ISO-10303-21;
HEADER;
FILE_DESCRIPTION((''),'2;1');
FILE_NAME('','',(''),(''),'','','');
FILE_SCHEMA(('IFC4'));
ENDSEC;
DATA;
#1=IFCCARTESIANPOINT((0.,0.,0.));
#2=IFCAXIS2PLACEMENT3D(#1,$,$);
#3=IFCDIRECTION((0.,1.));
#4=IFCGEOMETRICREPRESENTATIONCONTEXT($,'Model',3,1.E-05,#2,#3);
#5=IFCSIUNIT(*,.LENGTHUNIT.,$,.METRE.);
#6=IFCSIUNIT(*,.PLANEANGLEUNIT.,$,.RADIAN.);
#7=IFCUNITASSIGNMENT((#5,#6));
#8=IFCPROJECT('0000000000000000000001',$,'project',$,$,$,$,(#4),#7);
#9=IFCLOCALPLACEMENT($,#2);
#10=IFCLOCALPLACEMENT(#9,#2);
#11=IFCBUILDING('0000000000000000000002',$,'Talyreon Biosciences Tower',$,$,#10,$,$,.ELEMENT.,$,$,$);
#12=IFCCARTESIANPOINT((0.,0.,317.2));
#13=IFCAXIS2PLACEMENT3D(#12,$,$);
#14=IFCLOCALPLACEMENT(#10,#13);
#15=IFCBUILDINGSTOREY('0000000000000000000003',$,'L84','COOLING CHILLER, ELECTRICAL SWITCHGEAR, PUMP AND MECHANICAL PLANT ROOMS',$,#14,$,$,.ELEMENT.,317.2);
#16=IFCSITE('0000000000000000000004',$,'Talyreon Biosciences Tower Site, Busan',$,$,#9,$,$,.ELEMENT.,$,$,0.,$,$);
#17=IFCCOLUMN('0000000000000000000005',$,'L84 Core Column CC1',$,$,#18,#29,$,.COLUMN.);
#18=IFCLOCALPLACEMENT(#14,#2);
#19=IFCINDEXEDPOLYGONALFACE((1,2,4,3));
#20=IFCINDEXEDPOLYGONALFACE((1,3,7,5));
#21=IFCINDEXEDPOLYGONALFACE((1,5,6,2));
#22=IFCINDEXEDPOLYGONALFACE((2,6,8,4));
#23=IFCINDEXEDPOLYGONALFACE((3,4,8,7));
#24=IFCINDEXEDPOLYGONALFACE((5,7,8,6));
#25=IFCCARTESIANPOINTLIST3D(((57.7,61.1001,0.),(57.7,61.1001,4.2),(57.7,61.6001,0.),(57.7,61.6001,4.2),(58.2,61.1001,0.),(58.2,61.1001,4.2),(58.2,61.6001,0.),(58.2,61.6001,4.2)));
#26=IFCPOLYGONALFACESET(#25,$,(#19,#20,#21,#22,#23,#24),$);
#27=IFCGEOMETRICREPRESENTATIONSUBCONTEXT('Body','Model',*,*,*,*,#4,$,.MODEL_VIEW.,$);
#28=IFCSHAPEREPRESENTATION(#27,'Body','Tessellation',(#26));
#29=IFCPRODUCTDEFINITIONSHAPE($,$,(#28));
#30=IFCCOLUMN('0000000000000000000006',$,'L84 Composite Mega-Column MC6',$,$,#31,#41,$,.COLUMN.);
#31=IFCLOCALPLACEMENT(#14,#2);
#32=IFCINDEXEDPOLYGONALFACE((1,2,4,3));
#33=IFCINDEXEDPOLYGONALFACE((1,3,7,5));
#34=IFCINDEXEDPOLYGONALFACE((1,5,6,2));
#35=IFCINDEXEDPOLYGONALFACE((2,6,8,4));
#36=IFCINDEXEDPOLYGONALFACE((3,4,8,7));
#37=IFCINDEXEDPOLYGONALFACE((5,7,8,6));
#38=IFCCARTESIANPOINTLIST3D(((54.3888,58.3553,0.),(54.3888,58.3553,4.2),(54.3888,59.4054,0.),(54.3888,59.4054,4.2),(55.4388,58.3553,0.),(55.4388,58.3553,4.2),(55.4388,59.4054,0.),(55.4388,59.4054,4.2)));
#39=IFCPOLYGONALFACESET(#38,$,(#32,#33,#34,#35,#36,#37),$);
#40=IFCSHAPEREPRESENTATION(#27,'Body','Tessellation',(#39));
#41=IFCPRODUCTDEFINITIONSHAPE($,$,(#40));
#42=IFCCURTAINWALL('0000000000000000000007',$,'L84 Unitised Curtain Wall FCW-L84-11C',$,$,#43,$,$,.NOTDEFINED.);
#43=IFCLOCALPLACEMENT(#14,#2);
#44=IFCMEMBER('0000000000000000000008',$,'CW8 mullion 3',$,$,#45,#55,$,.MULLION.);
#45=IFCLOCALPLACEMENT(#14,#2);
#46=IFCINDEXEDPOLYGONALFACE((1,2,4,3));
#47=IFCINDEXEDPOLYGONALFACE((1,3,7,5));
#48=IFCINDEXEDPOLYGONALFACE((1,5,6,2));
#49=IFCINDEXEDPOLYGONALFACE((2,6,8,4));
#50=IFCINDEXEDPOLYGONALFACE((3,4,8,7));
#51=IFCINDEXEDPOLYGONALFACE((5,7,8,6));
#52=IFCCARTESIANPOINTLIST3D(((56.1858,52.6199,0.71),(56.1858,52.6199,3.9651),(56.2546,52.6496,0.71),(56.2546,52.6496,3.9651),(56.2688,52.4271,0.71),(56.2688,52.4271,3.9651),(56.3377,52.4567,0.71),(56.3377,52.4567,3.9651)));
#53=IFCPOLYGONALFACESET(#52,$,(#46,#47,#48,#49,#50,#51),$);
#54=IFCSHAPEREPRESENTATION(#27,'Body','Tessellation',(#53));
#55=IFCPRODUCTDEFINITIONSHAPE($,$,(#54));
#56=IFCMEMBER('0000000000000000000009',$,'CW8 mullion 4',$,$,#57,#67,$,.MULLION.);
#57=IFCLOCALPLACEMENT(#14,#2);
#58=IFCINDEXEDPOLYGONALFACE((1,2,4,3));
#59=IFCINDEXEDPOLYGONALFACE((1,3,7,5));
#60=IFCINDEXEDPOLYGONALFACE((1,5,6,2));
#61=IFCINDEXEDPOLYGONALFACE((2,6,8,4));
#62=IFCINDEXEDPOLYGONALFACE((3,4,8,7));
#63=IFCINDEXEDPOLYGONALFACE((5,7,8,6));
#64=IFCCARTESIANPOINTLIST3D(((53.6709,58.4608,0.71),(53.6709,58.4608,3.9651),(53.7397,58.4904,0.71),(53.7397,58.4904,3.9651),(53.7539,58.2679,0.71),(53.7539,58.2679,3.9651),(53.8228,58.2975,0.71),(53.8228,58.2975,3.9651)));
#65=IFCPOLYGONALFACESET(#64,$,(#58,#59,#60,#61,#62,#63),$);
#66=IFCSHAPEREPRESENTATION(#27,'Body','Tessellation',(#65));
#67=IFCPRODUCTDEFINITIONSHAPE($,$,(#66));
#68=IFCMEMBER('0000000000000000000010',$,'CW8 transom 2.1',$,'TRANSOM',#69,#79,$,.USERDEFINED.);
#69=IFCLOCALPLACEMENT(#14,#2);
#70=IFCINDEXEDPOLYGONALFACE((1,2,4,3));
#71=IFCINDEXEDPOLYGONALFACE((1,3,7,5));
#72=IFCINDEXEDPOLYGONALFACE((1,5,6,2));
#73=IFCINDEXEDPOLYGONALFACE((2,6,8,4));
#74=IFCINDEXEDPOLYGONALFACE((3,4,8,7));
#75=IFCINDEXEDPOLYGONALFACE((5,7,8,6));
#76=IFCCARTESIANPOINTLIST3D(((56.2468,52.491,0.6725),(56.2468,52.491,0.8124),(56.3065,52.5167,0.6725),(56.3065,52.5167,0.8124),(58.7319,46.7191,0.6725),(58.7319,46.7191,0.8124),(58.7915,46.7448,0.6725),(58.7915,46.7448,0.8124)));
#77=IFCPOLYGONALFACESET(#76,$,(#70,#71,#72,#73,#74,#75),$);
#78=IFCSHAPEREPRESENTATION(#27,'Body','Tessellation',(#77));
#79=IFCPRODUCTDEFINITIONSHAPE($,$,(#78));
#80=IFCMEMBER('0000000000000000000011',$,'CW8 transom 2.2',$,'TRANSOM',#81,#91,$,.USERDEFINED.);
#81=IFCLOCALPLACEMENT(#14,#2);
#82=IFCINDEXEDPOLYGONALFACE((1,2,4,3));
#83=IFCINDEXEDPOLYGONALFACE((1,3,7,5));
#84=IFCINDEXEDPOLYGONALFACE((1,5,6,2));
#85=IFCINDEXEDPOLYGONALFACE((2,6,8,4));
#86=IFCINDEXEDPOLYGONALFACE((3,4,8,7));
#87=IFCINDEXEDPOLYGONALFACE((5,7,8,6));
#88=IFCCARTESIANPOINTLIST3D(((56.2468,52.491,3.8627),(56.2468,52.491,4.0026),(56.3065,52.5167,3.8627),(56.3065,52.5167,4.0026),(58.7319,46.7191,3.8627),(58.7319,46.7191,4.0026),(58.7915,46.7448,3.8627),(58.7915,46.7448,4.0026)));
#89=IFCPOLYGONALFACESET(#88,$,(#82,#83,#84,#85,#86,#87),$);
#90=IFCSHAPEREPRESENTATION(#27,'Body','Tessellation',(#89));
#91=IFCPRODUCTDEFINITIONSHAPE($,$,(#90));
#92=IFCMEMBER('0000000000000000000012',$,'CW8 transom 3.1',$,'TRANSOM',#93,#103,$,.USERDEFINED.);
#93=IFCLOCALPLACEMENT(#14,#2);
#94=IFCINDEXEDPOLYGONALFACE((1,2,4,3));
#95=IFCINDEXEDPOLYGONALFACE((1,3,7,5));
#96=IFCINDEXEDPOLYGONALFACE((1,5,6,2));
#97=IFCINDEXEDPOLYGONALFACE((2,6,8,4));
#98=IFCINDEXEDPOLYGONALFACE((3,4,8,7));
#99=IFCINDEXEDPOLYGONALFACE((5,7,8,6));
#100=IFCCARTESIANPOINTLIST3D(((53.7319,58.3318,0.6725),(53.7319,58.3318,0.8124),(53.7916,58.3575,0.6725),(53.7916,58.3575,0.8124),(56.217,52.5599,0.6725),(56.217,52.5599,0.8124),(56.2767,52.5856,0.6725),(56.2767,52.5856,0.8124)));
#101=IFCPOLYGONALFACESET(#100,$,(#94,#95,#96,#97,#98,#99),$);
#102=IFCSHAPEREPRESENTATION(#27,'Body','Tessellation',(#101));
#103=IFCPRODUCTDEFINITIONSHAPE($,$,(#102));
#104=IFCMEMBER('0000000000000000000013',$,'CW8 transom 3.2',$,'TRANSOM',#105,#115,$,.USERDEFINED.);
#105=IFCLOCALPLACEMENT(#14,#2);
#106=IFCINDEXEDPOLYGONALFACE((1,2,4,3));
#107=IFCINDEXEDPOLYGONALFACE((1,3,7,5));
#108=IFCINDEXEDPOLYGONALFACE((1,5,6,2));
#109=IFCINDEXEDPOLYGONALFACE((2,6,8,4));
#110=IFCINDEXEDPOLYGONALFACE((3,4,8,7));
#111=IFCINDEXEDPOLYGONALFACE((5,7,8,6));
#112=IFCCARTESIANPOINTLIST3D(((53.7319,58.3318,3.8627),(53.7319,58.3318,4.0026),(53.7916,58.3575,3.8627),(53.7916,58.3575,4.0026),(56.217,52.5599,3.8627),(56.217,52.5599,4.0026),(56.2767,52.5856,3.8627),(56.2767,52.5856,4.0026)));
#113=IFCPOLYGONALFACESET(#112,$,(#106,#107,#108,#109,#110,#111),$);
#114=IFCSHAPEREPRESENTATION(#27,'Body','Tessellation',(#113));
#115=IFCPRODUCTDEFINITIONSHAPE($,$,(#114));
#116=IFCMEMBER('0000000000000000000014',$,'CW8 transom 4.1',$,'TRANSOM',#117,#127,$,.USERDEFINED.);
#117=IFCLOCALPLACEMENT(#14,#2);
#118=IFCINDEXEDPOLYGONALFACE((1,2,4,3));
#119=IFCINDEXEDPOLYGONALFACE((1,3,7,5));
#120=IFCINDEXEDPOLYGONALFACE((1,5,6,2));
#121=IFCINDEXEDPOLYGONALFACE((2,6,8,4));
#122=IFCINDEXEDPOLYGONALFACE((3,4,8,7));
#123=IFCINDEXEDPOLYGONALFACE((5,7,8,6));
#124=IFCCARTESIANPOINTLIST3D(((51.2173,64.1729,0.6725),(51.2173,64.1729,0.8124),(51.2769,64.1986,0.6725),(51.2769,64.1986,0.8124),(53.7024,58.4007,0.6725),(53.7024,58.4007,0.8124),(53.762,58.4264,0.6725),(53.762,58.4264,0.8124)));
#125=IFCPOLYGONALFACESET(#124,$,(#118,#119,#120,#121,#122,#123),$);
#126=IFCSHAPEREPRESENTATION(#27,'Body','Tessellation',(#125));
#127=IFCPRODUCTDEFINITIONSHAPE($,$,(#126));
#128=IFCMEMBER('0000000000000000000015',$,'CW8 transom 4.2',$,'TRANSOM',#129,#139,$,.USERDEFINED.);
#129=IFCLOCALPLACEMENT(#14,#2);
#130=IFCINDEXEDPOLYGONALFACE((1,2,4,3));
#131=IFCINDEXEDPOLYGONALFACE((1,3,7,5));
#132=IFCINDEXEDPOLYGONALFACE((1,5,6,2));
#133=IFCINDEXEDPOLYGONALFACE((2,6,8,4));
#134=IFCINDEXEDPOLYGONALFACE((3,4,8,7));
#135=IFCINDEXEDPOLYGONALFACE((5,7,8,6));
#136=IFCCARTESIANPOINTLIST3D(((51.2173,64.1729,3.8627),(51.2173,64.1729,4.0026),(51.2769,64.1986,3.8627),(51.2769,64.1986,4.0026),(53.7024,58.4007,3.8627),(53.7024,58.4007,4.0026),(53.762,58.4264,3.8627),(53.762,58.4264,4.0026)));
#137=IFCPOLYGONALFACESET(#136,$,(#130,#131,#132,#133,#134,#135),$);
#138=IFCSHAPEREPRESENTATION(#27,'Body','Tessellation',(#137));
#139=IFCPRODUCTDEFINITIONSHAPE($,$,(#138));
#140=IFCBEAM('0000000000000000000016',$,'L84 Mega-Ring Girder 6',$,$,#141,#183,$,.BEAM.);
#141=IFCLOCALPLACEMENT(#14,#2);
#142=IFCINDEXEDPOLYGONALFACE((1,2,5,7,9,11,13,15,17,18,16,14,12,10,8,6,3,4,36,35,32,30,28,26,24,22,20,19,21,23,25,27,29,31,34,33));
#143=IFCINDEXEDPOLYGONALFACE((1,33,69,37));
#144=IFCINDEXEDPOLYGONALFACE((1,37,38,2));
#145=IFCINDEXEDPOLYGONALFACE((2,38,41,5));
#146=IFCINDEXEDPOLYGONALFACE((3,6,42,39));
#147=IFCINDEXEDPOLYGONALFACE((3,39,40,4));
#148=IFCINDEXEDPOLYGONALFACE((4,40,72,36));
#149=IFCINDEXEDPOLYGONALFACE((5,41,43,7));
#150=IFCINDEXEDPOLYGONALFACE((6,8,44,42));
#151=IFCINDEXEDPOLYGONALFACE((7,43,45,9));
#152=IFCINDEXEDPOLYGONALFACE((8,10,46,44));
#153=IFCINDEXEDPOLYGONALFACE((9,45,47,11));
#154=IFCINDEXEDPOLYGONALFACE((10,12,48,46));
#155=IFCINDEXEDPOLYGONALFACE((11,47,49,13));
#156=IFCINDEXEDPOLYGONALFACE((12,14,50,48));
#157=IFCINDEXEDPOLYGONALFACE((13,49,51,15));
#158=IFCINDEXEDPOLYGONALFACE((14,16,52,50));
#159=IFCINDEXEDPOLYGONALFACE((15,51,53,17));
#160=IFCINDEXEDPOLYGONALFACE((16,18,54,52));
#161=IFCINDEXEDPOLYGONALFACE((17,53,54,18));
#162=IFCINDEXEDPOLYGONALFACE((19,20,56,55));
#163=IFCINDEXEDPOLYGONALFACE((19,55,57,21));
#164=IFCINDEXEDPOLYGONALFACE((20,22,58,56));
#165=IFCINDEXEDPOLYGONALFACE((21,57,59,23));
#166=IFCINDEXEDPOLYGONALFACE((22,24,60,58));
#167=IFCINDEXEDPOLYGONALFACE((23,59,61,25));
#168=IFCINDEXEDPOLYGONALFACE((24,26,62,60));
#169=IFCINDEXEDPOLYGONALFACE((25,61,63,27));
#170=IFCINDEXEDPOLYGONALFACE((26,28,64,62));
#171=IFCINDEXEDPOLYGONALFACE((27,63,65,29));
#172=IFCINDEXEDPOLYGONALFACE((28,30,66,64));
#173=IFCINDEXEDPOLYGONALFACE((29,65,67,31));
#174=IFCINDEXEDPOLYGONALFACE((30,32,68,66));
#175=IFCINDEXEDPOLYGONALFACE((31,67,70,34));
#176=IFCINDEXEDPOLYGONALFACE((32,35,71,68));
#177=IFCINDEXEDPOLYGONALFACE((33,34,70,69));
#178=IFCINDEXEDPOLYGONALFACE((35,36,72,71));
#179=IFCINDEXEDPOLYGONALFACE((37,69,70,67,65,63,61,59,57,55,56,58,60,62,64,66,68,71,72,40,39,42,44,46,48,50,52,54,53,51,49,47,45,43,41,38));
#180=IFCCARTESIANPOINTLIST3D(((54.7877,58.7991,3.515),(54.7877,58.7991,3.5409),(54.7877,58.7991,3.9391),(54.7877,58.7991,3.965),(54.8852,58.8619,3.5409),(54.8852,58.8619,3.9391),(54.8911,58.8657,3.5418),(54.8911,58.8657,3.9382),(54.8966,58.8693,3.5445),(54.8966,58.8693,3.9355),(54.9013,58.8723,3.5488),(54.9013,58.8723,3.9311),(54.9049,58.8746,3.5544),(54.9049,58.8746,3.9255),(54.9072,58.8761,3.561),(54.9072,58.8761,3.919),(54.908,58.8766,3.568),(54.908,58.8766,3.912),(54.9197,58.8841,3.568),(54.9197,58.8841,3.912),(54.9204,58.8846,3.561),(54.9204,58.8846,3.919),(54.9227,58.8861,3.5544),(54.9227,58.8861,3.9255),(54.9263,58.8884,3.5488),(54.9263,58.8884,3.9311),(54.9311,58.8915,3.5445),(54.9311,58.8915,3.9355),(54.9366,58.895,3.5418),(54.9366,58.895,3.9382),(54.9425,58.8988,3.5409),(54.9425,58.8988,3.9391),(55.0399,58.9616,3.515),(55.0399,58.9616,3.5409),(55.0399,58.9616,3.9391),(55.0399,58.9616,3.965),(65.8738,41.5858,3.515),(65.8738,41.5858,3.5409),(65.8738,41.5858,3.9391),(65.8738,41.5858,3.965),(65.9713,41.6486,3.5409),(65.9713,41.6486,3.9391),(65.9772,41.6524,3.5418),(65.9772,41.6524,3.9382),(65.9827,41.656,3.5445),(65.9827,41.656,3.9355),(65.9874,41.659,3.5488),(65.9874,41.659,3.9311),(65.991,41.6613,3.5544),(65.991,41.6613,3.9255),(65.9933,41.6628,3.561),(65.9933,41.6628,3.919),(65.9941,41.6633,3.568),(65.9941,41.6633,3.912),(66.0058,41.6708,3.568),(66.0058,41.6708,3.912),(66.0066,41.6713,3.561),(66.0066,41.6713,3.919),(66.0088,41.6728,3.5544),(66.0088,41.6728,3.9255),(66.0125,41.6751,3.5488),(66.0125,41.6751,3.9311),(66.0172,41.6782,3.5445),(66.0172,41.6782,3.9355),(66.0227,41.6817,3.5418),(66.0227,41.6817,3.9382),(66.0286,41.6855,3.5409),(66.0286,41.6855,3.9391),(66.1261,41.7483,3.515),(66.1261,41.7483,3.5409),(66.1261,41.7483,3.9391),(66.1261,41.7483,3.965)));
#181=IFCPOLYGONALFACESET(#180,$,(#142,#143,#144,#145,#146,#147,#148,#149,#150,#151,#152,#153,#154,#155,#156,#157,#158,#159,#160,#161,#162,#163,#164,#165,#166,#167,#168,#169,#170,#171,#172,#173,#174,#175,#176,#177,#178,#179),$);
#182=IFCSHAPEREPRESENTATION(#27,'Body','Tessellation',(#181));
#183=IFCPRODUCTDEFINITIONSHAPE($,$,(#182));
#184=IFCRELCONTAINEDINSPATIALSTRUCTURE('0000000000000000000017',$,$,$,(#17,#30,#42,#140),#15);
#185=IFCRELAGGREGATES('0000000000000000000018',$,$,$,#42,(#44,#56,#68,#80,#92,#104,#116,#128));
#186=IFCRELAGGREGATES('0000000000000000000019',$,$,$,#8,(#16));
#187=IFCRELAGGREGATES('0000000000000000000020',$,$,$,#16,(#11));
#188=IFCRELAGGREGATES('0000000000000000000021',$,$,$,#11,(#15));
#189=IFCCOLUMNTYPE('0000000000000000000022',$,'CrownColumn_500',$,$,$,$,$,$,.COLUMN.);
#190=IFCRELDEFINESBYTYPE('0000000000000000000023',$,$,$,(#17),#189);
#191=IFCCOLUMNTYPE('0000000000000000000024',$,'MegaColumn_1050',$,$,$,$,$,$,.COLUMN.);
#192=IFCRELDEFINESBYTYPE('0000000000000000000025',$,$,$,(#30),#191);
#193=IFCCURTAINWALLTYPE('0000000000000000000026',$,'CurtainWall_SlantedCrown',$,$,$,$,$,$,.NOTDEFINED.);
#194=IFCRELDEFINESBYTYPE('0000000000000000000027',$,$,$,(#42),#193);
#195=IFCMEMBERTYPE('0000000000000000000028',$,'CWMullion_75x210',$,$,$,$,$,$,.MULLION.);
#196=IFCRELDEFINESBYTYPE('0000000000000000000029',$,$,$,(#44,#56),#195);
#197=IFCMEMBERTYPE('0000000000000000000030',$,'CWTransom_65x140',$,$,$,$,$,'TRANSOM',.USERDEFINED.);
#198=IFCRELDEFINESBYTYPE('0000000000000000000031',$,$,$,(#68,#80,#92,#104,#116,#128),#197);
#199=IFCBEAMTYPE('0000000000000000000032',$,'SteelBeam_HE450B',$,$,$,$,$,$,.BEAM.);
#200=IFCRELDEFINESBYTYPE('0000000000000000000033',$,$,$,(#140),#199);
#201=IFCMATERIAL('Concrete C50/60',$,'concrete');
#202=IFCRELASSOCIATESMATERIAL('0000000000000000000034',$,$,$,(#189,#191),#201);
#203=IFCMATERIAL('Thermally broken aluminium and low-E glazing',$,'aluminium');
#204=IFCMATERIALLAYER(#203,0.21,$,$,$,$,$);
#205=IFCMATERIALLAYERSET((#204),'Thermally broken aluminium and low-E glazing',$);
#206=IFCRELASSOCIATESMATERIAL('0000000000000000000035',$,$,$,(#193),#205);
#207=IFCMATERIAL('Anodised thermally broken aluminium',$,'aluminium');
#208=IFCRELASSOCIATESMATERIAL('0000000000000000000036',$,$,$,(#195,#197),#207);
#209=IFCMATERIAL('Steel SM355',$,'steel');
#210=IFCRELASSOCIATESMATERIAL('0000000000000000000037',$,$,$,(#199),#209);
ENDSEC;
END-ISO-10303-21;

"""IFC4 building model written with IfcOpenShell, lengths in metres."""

from ifc_helpers import new_model, si_unit, direction, frame, origin, origin_2d, place, context, subcontext, project, spatial, rectangle, i_section, extrude, material, layer, layer_set, material_profile, profile_set, type_object, element, aggregate, save


model = new_model("IFC4")

# Units and contexts
model_context = context("Model", 3, precision=1e-05, world=origin(), true_north=direction((0.0, 1.0)))
body_context = subcontext(model_context, "Body", "Model", "MODEL_VIEW")
ifc_project = project(units=[si_unit("LENGTHUNIT", "METRE"), si_unit("PLANEANGLEUNIT", "RADIAN")], contexts=[model_context])

# Site, building, storey
site_placement = place(None, origin())
site = spatial("IfcSite", under=ifc_project, at=site_placement, Name="Talyreon Biosciences Tower Site, Busan", CompositionType="ELEMENT", RefElevation=0.0)
building_placement = place(site_placement, origin())
building = spatial("IfcBuilding", under=site, at=building_placement, Name="Talyreon Biosciences Tower", CompositionType="ELEMENT")
storey_placement = place(building_placement, frame((0.0, 0.0, 317.2)))
storey = spatial("IfcBuildingStorey", under=building, at=storey_placement, Name="L84", Description="COOLING CHILLER, ELECTRICAL SWITCHGEAR, PUMP AND MECHANICAL PLANT ROOMS", CompositionType="ELEMENT", Elevation=317.2)

# Columns
ifc_material_1 = material(Name="Concrete C50/60", Category="concrete")
ifc_material_profile_1 = material_profile(ifc_material_1, rectangle(XDim=0.5, YDim=0.5, at=origin_2d()), Name="RC 500x500")
ifc_profile_set_1 = profile_set([ifc_material_profile_1], Name="Concrete C50/60")
column_type_1 = type_object("IfcColumnType", Name="CrownColumn_500", PredefinedType="COLUMN", material=ifc_profile_set_1)
column_1_placement = place(storey_placement, frame((57.95, 61.3501, 0.0), z_axis=(0.0, 0.0, 1.0), x_axis=(1.0, 0.0, 0.0)))
element("IfcColumn", 1, at=column_1_placement, inside=storey, type_object=column_type_1, Name="L84 Core Column CC1", PredefinedType="COLUMN", context=body_context, shape_type="SweptSolid", body=[
    extrude(rectangle(XDim=0.5, YDim=0.5, at=origin_2d()), origin(), (0.0, 0.0, 1.0), 4.2),
])
ifc_material_profile_2 = material_profile(ifc_material_1, rectangle(XDim=1.05, YDim=1.05, at=origin_2d()), Name="RC 1050x1050")
ifc_profile_set_2 = profile_set([ifc_material_profile_2], Name="Concrete C50/60")
column_type_2 = type_object("IfcColumnType", Name="MegaColumn_1050", PredefinedType="COLUMN", material=ifc_profile_set_2)
column_2_placement = place(storey_placement, frame((54.9138, 58.8804, 0.0), z_axis=(0.0, 0.0, 1.0), x_axis=(1.0, 0.0, 0.0)))
element("IfcColumn", 2, at=column_2_placement, inside=storey, type_object=column_type_2, Name="L84 Composite Mega-Column MC6", PredefinedType="COLUMN", context=body_context, shape_type="SweptSolid", body=[
    extrude(rectangle(XDim=1.05, YDim=1.05, at=origin_2d()), origin(), (0.0, 0.0, 1.0), 4.2),
])

# Curtain wall, members
ifc_material_2 = material(Name="Thermally broken aluminium and low-E glazing", Category="aluminium")
ifc_layer_1 = layer(ifc_material_2, 0.21)
ifc_layer_set_1 = layer_set([ifc_layer_1], Name="Thermally broken aluminium and low-E glazing")
curtain_wall_type = type_object("IfcCurtainWallType", Name="CurtainWall_SlantedCrown", PredefinedType="NOTDEFINED", material=ifc_layer_set_1)
curtain_wall_placement = place(storey_placement, origin())
curtain_wall = element("IfcCurtainWall", 3, at=curtain_wall_placement, inside=storey, type_object=curtain_wall_type, Name="L84 Unitised Curtain Wall FCW-L84-11C", PredefinedType="NOTDEFINED")
ifc_material_3 = material(Name="Anodised thermally broken aluminium", Category="aluminium")
ifc_material_profile_3 = material_profile(ifc_material_3, rectangle(XDim=0.075, YDim=0.21, at=origin_2d()), Name="ALUM MULLION 75x210")
ifc_profile_set_3 = profile_set([ifc_material_profile_3], Name="Anodised thermally broken aluminium")
member_type_1 = type_object("IfcMemberType", Name="CWMullion_75x210", PredefinedType="MULLION", material=ifc_profile_set_3)
member_1_placement = place(storey_placement, frame((56.2617, 52.5383, 0.71), z_axis=(0.0, 0.0, 1.0), x_axis=(-0.918487, -0.395451, 0.0)))
member_1 = element("IfcMember", 4, at=member_1_placement, type_object=member_type_1, Name="CW8 mullion 3", PredefinedType="MULLION", context=body_context, shape_type="SweptSolid", body=[
    extrude(rectangle(XDim=0.075, YDim=0.21, at=origin_2d()), origin(), (0.0, 0.0, 1.0), 3.2551),
])
member_2_placement = place(storey_placement, frame((53.7468, 58.3792, 0.71), z_axis=(0.0, 0.0, 1.0), x_axis=(-0.918487, -0.395451, 0.0)))
member_2 = element("IfcMember", 5, at=member_2_placement, type_object=member_type_1, Name="CW8 mullion 4", PredefinedType="MULLION", context=body_context, shape_type="SweptSolid", body=[
    extrude(rectangle(XDim=0.075, YDim=0.21, at=origin_2d()), origin(), (0.0, 0.0, 1.0), 3.2551),
])
ifc_material_profile_4 = material_profile(ifc_material_3, rectangle(XDim=0.0649, YDim=0.1399, at=origin_2d()), Name="ALUM TRANSOM 65x140")
ifc_profile_set_4 = profile_set([ifc_material_profile_4], Name="Anodised thermally broken aluminium")
member_type_2 = type_object("IfcMemberType", Name="CWTransom_65x140", ElementType="TRANSOM", PredefinedType="USERDEFINED", material=ifc_profile_set_4)
member_3_placement = place(storey_placement, frame((58.7617, 46.7319, 0.7424), z_axis=(-0.395452, 0.918487, 0.0), x_axis=(-0.918487, -0.395452, 0.0)))
member_3 = element("IfcMember", 6, at=member_3_placement, type_object=member_type_2, Name="CW8 transom 2.1", ObjectType="TRANSOM", PredefinedType="USERDEFINED", context=body_context, shape_type="SweptSolid", body=[
    extrude(rectangle(XDim=0.0649, YDim=0.1399, at=origin_2d()), origin(), (0.0, 0.0, 1.0), 6.2842),
])
member_4_placement = place(storey_placement, frame((58.7617, 46.7319, 3.9326), z_axis=(-0.395452, 0.918487, 0.0), x_axis=(-0.918487, -0.395452, 0.0)))
member_4 = element("IfcMember", 7, at=member_4_placement, type_object=member_type_2, Name="CW8 transom 2.2", ObjectType="TRANSOM", PredefinedType="USERDEFINED", context=body_context, shape_type="SweptSolid", body=[
    extrude(rectangle(XDim=0.0649, YDim=0.1399, at=origin_2d()), origin(), (0.0, 0.0, 1.0), 6.2842),
])
member_5_placement = place(storey_placement, frame((56.2468, 52.5728, 0.7424), z_axis=(-0.395452, 0.918487, 0.0), x_axis=(-0.918487, -0.395452, 0.0)))
member_5 = element("IfcMember", 8, at=member_5_placement, type_object=member_type_2, Name="CW8 transom 3.1", ObjectType="TRANSOM", PredefinedType="USERDEFINED", context=body_context, shape_type="SweptSolid", body=[
    extrude(rectangle(XDim=0.0649, YDim=0.1399, at=origin_2d()), origin(), (0.0, 0.0, 1.0), 6.2842),
])
member_6_placement = place(storey_placement, frame((56.2468, 52.5728, 3.9326), z_axis=(-0.395452, 0.918487, 0.0), x_axis=(-0.918487, -0.395452, 0.0)))
member_6 = element("IfcMember", 9, at=member_6_placement, type_object=member_type_2, Name="CW8 transom 3.2", ObjectType="TRANSOM", PredefinedType="USERDEFINED", context=body_context, shape_type="SweptSolid", body=[
    extrude(rectangle(XDim=0.0649, YDim=0.1399, at=origin_2d()), origin(), (0.0, 0.0, 1.0), 6.2842),
])
member_7_placement = place(storey_placement, frame((53.7322, 58.4136, 0.7424), z_axis=(-0.395438, 0.918493, 0.0), x_axis=(-0.918493, -0.395438, 0.0)))
member_7 = element("IfcMember", 10, at=member_7_placement, type_object=member_type_2, Name="CW8 transom 4.1", ObjectType="TRANSOM", PredefinedType="USERDEFINED", context=body_context, shape_type="SweptSolid", body=[
    extrude(rectangle(XDim=0.0649, YDim=0.1399, at=origin_2d()), origin(), (0.0, 0.0, 1.0), 6.2844),
])
member_8_placement = place(storey_placement, frame((53.7322, 58.4136, 3.9326), z_axis=(-0.395438, 0.918493, 0.0), x_axis=(-0.918493, -0.395438, 0.0)))
member_8 = element("IfcMember", 11, at=member_8_placement, type_object=member_type_2, Name="CW8 transom 4.2", ObjectType="TRANSOM", PredefinedType="USERDEFINED", context=body_context, shape_type="SweptSolid", body=[
    extrude(rectangle(XDim=0.0649, YDim=0.1399, at=origin_2d()), origin(), (0.0, 0.0, 1.0), 6.2844),
])

# Beam
ifc_material_4 = material(Name="Steel SM355", Category="steel")
ifc_material_profile_5 = material_profile(ifc_material_4, i_section(OverallWidth=0.3, OverallDepth=0.45, WebThickness=0.0139, FlangeThickness=0.0259, FilletRadius=0.0271, at=origin_2d()), Name="HE450B")
ifc_profile_set_5 = profile_set([ifc_material_profile_5], Name="Steel SM355")
beam_type = type_object("IfcBeamType", Name="SteelBeam_HE450B", PredefinedType="BEAM", material=ifc_profile_set_5)
beam_1_placement = place(storey_placement, frame((54.9138, 58.8804, 3.74), z_axis=(0.541464, -0.840724, 0.0), x_axis=(0.840724, 0.541464, 0.0)))
element("IfcBeam", 12, at=beam_1_placement, inside=storey, type_object=beam_type, Name="L84 Mega-Ring Girder 6", PredefinedType="BEAM", context=body_context, shape_type="SweptSolid", body=[
    extrude(i_section(OverallWidth=0.3, OverallDepth=0.45, WebThickness=0.0139, FlangeThickness=0.0259, FilletRadius=0.0271, at=origin_2d()), origin(), (0.0, 0.0, 1.0), 20.4744),
])

aggregate(curtain_wall, [member_1, member_2, member_3, member_4, member_5, member_6, member_7, member_8])

save(model, "model.ifc")
